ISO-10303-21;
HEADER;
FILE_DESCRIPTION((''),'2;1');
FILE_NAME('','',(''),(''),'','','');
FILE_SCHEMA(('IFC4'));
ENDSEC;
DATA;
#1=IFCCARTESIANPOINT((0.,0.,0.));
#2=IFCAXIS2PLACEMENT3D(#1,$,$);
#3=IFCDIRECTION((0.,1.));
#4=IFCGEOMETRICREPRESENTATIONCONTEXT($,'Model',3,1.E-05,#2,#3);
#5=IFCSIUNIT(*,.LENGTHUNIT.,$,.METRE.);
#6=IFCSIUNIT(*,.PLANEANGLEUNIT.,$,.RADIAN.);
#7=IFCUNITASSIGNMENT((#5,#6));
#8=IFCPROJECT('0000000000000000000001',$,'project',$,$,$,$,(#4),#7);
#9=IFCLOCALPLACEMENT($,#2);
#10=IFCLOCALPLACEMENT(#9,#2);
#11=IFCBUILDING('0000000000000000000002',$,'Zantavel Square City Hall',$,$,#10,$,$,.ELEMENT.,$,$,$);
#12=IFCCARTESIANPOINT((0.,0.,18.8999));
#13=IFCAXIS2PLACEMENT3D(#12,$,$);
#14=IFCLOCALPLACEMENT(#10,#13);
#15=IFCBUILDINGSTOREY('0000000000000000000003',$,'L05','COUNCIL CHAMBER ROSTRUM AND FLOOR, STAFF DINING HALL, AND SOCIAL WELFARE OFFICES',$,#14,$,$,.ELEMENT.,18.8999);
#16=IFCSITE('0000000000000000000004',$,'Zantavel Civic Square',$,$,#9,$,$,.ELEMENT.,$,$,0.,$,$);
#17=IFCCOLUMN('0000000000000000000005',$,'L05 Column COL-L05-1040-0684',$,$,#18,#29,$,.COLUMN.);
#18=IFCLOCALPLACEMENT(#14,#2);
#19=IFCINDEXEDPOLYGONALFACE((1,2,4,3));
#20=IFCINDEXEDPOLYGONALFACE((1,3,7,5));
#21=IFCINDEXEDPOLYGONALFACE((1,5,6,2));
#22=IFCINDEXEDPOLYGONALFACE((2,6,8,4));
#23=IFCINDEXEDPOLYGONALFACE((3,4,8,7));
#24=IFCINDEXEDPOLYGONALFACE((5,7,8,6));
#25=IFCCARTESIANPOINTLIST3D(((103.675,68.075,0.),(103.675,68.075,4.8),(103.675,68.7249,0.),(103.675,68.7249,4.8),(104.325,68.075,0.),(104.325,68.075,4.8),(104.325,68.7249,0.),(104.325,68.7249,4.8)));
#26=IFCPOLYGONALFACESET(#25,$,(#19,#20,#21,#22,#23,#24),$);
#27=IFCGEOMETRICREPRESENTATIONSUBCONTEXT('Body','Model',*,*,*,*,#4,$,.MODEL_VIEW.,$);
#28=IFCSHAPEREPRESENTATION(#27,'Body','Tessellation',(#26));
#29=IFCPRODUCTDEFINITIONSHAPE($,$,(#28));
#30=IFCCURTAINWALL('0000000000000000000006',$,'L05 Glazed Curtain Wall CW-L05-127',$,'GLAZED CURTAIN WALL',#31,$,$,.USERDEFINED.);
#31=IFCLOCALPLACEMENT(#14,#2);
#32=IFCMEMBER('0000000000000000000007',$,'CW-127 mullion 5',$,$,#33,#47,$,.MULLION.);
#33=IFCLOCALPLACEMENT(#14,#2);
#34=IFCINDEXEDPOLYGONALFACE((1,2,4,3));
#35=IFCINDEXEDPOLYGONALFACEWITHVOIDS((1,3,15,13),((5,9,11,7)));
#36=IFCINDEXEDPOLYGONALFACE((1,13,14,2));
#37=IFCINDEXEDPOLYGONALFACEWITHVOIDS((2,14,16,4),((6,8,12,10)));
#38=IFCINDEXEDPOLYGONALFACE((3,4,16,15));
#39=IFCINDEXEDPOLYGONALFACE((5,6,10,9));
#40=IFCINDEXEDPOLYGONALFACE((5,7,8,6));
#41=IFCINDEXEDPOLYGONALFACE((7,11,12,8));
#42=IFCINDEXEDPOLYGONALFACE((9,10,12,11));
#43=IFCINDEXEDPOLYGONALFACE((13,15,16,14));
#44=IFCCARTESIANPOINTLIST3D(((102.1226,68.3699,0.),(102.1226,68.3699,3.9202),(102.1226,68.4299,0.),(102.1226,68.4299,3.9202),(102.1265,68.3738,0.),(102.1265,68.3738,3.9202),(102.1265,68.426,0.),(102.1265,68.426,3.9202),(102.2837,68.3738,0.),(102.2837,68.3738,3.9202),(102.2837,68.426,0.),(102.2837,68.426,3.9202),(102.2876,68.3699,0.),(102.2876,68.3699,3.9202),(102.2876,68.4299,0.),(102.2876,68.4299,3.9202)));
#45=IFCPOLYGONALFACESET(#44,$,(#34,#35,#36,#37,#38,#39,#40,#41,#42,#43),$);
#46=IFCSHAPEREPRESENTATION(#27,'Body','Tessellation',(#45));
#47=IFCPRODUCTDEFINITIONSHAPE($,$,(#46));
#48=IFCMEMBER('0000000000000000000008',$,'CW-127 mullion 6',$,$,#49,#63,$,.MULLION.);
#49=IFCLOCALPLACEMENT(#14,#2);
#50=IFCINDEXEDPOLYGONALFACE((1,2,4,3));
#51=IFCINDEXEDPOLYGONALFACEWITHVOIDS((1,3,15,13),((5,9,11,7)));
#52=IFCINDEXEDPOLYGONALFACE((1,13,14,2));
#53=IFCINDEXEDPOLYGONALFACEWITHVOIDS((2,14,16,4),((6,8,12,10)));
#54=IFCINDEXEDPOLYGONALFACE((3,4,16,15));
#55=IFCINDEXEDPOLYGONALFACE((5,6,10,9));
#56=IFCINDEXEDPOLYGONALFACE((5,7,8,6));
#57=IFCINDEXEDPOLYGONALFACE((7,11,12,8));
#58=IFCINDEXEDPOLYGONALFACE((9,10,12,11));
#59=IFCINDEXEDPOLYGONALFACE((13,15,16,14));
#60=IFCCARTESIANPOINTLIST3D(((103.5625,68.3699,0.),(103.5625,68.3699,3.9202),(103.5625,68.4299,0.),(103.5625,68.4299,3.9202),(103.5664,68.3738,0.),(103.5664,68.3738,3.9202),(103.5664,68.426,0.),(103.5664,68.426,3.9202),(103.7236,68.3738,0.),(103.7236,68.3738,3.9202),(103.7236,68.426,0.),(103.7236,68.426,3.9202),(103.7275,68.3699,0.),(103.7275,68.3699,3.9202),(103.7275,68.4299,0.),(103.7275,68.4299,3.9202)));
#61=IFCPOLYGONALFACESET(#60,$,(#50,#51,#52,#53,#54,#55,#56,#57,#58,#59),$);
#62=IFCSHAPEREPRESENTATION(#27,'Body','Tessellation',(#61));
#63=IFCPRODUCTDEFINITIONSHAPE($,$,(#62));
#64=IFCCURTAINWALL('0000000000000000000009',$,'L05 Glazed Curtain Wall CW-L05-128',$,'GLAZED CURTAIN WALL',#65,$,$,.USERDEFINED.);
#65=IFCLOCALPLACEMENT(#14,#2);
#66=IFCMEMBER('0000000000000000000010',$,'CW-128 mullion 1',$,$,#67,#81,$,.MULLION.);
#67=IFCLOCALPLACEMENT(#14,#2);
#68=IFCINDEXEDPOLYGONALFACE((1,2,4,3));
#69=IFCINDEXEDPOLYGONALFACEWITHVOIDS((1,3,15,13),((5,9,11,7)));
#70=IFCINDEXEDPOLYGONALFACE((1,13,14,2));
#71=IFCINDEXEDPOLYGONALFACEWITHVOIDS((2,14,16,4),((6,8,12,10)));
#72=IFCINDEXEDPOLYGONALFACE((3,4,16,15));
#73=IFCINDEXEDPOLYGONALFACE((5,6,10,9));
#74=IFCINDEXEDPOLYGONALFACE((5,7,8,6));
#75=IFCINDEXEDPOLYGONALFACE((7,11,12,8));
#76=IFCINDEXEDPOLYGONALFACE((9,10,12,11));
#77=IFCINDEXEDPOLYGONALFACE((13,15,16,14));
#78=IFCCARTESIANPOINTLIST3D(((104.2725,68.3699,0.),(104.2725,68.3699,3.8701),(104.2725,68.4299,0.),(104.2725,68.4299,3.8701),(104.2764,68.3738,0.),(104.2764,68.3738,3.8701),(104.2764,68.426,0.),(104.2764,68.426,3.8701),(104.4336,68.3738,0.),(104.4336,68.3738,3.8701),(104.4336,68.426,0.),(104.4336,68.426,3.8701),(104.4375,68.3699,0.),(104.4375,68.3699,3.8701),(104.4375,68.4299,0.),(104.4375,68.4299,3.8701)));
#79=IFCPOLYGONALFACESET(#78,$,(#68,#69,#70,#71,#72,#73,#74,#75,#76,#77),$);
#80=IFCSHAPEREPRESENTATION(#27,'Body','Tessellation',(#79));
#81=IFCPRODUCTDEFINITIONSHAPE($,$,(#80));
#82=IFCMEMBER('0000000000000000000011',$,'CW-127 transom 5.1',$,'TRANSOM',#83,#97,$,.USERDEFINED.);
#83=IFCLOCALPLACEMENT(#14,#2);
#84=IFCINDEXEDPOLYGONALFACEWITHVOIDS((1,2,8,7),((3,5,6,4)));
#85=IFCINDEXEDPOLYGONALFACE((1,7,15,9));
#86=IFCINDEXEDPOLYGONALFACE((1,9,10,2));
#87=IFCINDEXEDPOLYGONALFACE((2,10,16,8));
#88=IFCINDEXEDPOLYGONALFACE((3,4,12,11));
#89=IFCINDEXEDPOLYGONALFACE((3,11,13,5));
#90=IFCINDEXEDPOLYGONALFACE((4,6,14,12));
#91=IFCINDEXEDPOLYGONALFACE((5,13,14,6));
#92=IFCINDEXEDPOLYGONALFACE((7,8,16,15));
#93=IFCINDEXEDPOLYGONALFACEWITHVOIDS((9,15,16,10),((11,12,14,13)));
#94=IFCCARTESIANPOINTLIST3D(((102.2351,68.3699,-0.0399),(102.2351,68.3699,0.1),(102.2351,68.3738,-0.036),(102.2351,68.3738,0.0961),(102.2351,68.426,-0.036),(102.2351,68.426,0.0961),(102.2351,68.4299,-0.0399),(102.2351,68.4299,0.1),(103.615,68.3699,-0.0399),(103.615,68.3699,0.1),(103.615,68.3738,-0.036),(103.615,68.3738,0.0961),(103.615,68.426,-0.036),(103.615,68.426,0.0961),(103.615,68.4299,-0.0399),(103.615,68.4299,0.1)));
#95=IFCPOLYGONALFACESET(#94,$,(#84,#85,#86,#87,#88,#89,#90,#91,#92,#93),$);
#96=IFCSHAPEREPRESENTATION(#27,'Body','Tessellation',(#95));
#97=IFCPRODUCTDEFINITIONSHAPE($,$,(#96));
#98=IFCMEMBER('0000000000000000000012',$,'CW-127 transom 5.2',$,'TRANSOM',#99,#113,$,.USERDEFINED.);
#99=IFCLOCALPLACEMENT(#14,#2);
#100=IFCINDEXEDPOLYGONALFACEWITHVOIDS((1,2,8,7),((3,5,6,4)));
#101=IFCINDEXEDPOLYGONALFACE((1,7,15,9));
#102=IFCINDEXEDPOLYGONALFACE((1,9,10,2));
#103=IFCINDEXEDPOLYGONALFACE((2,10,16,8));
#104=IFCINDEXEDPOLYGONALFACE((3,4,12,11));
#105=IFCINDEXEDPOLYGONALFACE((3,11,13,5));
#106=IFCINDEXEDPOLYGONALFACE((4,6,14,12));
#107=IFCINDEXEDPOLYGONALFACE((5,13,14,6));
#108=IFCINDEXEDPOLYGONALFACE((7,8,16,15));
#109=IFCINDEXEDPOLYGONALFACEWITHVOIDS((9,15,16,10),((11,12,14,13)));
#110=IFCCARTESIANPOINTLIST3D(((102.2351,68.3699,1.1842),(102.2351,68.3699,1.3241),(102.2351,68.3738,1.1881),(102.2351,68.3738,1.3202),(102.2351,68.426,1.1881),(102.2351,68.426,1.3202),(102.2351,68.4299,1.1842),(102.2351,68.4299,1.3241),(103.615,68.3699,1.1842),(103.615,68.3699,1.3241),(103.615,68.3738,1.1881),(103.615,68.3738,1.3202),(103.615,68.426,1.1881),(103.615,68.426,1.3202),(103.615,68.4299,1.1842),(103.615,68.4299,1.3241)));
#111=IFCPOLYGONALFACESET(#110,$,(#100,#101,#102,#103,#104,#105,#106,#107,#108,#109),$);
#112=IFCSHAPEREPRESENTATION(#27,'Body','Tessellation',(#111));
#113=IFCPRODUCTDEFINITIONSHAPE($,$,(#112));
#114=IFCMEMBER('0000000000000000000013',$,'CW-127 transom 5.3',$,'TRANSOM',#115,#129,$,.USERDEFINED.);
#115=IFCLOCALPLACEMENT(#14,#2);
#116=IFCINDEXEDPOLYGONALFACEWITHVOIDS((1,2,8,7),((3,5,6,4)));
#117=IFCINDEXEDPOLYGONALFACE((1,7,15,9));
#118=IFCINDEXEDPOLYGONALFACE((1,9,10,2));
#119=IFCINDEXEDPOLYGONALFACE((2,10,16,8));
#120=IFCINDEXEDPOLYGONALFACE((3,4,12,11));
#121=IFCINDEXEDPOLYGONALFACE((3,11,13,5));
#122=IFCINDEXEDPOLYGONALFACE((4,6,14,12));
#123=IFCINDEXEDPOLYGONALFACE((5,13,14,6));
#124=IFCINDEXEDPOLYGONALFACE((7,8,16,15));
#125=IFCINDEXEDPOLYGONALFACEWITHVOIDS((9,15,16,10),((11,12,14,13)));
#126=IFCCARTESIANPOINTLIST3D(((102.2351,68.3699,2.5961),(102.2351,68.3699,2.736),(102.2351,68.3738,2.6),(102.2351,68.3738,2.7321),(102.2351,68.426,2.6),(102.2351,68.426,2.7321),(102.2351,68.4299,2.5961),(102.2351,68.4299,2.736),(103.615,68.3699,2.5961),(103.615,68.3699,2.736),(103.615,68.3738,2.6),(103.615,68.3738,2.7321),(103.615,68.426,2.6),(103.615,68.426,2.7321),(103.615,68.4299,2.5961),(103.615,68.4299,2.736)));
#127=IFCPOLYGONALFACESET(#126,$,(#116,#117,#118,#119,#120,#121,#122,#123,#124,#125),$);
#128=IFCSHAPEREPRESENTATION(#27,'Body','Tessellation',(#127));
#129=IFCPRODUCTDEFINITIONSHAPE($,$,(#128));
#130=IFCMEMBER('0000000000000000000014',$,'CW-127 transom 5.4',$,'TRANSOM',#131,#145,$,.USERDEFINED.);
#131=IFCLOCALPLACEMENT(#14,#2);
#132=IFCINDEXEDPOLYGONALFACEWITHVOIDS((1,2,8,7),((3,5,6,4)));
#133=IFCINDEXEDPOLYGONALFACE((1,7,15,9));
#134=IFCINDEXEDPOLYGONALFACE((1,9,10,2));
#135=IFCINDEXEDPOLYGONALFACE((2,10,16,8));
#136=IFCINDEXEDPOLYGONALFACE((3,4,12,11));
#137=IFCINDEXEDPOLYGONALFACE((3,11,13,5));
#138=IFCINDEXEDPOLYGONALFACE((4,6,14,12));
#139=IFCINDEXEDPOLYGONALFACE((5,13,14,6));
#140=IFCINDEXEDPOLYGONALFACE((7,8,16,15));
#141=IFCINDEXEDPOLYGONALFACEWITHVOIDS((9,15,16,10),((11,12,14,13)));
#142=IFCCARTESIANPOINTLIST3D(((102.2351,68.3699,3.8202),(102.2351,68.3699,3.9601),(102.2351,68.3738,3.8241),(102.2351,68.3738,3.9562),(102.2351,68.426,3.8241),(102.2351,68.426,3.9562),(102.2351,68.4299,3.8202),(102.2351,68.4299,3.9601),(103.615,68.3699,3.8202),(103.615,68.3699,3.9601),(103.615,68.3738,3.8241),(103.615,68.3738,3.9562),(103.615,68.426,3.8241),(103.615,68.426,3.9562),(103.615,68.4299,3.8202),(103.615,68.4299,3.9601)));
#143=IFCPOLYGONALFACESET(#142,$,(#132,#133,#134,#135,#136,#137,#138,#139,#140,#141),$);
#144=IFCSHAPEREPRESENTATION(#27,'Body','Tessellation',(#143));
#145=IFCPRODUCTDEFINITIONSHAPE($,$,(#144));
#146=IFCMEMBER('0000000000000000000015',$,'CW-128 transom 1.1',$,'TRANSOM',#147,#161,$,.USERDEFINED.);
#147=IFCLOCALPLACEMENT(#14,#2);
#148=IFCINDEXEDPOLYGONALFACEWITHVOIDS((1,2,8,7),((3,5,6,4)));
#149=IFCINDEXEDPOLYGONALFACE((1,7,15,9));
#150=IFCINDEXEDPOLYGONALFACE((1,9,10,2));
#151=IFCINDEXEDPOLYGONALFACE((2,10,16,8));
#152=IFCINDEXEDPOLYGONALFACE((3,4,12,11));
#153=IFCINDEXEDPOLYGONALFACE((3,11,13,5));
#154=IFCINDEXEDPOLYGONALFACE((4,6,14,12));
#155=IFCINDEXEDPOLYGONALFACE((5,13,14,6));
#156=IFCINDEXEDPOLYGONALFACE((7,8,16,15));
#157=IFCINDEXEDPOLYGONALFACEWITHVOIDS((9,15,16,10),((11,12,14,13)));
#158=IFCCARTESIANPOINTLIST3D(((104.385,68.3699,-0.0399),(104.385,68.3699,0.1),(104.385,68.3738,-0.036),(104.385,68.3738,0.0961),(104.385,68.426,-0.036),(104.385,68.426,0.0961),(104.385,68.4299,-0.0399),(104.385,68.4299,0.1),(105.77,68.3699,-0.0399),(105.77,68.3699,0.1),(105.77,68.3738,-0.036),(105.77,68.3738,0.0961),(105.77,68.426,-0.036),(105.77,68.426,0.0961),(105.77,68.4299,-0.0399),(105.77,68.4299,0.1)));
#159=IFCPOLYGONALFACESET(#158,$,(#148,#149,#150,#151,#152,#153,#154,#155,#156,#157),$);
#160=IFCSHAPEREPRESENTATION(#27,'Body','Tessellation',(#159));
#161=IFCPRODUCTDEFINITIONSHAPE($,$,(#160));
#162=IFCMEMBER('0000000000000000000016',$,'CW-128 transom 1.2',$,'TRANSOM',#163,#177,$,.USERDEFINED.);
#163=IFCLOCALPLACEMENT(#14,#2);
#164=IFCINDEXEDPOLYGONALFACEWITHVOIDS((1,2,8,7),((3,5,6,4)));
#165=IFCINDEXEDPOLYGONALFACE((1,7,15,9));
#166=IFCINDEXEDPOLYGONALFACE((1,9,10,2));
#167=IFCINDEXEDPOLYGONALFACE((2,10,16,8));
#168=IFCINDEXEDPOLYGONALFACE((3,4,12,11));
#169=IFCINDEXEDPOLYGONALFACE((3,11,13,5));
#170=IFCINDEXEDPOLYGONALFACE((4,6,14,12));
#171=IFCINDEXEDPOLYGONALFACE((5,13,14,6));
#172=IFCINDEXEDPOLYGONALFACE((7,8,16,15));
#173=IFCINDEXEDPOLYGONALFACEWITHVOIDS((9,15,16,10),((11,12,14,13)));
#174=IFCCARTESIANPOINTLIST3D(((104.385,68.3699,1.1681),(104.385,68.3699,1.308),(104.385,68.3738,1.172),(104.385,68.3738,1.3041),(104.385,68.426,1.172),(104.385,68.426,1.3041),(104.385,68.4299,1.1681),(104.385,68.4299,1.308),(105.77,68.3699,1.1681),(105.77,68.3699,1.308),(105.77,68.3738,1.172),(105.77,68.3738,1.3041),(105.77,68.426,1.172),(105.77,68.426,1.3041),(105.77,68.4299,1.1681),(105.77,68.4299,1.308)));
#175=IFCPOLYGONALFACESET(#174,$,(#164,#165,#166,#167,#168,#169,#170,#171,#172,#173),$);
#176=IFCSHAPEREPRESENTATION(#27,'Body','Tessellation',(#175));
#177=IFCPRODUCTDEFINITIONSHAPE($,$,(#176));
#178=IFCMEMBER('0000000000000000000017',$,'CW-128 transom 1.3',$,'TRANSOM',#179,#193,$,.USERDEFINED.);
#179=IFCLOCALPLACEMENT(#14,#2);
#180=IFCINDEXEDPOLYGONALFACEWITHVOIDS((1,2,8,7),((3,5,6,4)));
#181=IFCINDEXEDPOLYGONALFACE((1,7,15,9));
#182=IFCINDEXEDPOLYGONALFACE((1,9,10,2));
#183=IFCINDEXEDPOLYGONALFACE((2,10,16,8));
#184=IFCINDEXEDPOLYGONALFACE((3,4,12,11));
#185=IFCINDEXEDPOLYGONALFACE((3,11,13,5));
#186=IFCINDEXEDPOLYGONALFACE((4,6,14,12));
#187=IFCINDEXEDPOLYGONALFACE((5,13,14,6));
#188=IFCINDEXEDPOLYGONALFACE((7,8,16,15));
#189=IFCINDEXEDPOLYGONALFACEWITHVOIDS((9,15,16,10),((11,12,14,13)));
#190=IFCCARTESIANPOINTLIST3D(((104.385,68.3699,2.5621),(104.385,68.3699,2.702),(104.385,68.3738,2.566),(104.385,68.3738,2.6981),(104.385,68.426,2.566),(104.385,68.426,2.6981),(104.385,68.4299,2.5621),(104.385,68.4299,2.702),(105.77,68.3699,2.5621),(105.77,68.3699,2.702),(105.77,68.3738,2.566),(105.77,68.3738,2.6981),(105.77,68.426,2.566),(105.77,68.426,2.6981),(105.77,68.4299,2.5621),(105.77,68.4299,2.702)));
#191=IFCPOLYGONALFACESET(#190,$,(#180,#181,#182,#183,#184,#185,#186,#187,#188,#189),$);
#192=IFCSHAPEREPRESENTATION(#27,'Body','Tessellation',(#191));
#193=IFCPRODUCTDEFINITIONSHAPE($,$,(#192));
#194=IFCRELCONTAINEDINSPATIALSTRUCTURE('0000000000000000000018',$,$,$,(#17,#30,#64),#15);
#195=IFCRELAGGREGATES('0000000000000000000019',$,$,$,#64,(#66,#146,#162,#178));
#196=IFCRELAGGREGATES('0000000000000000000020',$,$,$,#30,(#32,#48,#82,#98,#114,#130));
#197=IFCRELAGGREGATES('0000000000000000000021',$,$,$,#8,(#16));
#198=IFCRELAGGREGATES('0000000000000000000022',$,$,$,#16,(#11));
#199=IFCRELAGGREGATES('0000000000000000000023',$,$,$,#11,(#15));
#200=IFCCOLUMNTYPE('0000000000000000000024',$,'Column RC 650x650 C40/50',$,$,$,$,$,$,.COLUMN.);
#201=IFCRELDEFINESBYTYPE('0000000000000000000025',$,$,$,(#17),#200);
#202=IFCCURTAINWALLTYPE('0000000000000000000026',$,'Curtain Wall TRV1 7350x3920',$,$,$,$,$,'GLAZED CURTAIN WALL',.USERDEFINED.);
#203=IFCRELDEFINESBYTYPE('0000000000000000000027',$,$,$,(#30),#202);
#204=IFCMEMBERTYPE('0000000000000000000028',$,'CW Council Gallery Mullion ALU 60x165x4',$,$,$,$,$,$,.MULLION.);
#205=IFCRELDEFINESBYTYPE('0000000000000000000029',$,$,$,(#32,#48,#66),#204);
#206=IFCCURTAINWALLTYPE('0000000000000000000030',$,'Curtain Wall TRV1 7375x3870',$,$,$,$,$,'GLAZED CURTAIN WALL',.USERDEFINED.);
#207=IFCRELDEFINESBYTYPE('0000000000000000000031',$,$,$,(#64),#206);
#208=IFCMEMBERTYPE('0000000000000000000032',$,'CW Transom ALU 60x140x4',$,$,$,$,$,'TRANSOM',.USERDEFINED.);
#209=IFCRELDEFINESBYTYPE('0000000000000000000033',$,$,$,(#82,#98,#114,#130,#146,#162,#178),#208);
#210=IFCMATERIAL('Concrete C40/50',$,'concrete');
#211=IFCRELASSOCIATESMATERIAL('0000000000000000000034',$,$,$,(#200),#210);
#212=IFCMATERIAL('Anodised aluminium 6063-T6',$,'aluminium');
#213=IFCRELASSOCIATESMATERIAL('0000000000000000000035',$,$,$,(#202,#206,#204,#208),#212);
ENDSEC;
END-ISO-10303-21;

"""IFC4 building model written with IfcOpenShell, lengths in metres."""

from ifc_helpers import new_model, si_unit, direction, frame, origin, origin_2d, place, context, subcontext, project, spatial, rectangle, hollow_rectangle, extrude, material, material_profile, profile_set, type_object, element, aggregate, save


model = new_model("IFC4")

# Units and contexts
model_context = context("Model", 3, precision=1e-05, world=origin(), true_north=direction((0.0, 1.0)))
body_context = subcontext(model_context, "Body", "Model", "MODEL_VIEW")
ifc_project = project(units=[si_unit("LENGTHUNIT", "METRE"), si_unit("PLANEANGLEUNIT", "RADIAN")], contexts=[model_context])

# Site, building, storey
site_placement = place(None, origin())
site = spatial("IfcSite", under=ifc_project, at=site_placement, Name="Zantavel Civic Square", CompositionType="ELEMENT", RefElevation=0.0)
building_placement = place(site_placement, origin())
building = spatial("IfcBuilding", under=site, at=building_placement, Name="Zantavel Square City Hall", CompositionType="ELEMENT")
storey_placement = place(building_placement, frame((0.0, 0.0, 18.8999)))
storey = spatial("IfcBuildingStorey", under=building, at=storey_placement, Name="L05", Description="COUNCIL CHAMBER ROSTRUM AND FLOOR, STAFF DINING HALL, AND SOCIAL WELFARE OFFICES", CompositionType="ELEMENT", Elevation=18.8999)

# Column
ifc_material_1 = material(Name="Concrete C40/50", Category="concrete")
ifc_material_profile_1 = material_profile(ifc_material_1, rectangle(XDim=0.6499, YDim=0.6499, at=origin_2d()), Name="RC 650x650")
ifc_profile_set_1 = profile_set([ifc_material_profile_1], Name="Concrete C40/50")
column_type = type_object("IfcColumnType", Name="Column RC 650x650 C40/50", PredefinedType="COLUMN", material=ifc_profile_set_1)
column_placement = place(storey_placement, frame((104.0, 68.3999, 0.0), z_axis=(0.0, 0.0, 1.0), x_axis=(1.0, 0.0, 0.0)))
element("IfcColumn", 1, at=column_placement, inside=storey, type_object=column_type, Name="L05 Column COL-L05-1040-0684", PredefinedType="COLUMN", context=body_context, shape_type="SweptSolid", body=[
    extrude(rectangle(XDim=0.6499, YDim=0.6499, at=origin_2d()), origin(), (0.0, 0.0, 1.0), 4.8),
])

# Curtain wall, members
ifc_material_2 = material(Name="Anodised aluminium 6063-T6", Category="aluminium")
curtain_wall_type_1 = type_object("IfcCurtainWallType", Name="Curtain Wall TRV1 7350x3920", ElementType="GLAZED CURTAIN WALL", PredefinedType="USERDEFINED", material=ifc_material_2)
curtain_wall_1_placement = place(storey_placement, origin())
curtain_wall_1 = element("IfcCurtainWall", 2, at=curtain_wall_1_placement, inside=storey, type_object=curtain_wall_type_1, Name="L05 Glazed Curtain Wall CW-L05-127", ObjectType="GLAZED CURTAIN WALL", PredefinedType="USERDEFINED")
ifc_material_profile_2 = material_profile(ifc_material_2, hollow_rectangle(XDim=0.0601, YDim=0.165, WallThickness=0.0039, at=origin_2d()), Name="ALU 60x165x4")
ifc_profile_set_2 = profile_set([ifc_material_profile_2], Name="Anodised aluminium 6063-T6")
member_type_1 = type_object("IfcMemberType", Name="CW Council Gallery Mullion ALU 60x165x4", PredefinedType="MULLION", material=ifc_profile_set_2)
member_1_placement = place(storey_placement, frame((102.2051, 68.3999, 0.0), z_axis=(0.0, 0.0, 1.0), x_axis=(0.0, 1.0, 0.0)))
member_1 = element("IfcMember", 3, at=member_1_placement, type_object=member_type_1, Name="CW-127 mullion 5", PredefinedType="MULLION", context=body_context, shape_type="SweptSolid", body=[
    extrude(hollow_rectangle(XDim=0.0601, YDim=0.165, WallThickness=0.0039, at=origin_2d()), origin(), (0.0, 0.0, 1.0), 3.9202),
])
member_2_placement = place(storey_placement, frame((103.645, 68.3999, 0.0), z_axis=(0.0, 0.0, 1.0), x_axis=(0.0, 1.0, 0.0)))
member_2 = element("IfcMember", 4, at=member_2_placement, type_object=member_type_1, Name="CW-127 mullion 6", PredefinedType="MULLION", context=body_context, shape_type="SweptSolid", body=[
    extrude(hollow_rectangle(XDim=0.0601, YDim=0.165, WallThickness=0.0039, at=origin_2d()), origin(), (0.0, 0.0, 1.0), 3.9202),
])

# Curtain wall, member
curtain_wall_type_2 = type_object("IfcCurtainWallType", Name="Curtain Wall TRV1 7375x3870", ElementType="GLAZED CURTAIN WALL", PredefinedType="USERDEFINED", material=ifc_material_2)
curtain_wall_2_placement = place(storey_placement, origin())
curtain_wall_2 = element("IfcCurtainWall", 5, at=curtain_wall_2_placement, inside=storey, type_object=curtain_wall_type_2, Name="L05 Glazed Curtain Wall CW-L05-128", ObjectType="GLAZED CURTAIN WALL", PredefinedType="USERDEFINED")
member_3_placement = place(storey_placement, frame((104.355, 68.3999, 0.0), z_axis=(0.0, 0.0, 1.0), x_axis=(0.0, 1.0, 0.0)))
member_3 = element("IfcMember", 6, at=member_3_placement, type_object=member_type_1, Name="CW-128 mullion 1", PredefinedType="MULLION", context=body_context, shape_type="SweptSolid", body=[
    extrude(hollow_rectangle(XDim=0.0601, YDim=0.165, WallThickness=0.0039, at=origin_2d()), origin(), (0.0, 0.0, 1.0), 3.8701),
])

# Members
ifc_material_profile_3 = material_profile(ifc_material_2, hollow_rectangle(XDim=0.0601, YDim=0.1399, WallThickness=0.0039, at=origin_2d()), Name="ALU 60x140x4")
ifc_profile_set_3 = profile_set([ifc_material_profile_3], Name="Anodised aluminium 6063-T6")
member_type_2 = type_object("IfcMemberType", Name="CW Transom ALU 60x140x4", ElementType="TRANSOM", PredefinedType="USERDEFINED", material=ifc_profile_set_3)
member_4_placement = place(storey_placement, frame((102.2351, 68.3999, 0.03), z_axis=(1.0, 0.0, 0.0), x_axis=(0.0, 1.0, 0.0)))
member_4 = element("IfcMember", 7, at=member_4_placement, type_object=member_type_2, Name="CW-127 transom 5.1", ObjectType="TRANSOM", PredefinedType="USERDEFINED", context=body_context, shape_type="SweptSolid", body=[
    extrude(hollow_rectangle(XDim=0.0601, YDim=0.1399, WallThickness=0.0039, at=origin_2d()), origin(), (0.0, 0.0, 1.0), 1.3799),
])
member_5_placement = place(storey_placement, frame((102.2351, 68.3999, 1.2542), z_axis=(1.0, 0.0, 0.0), x_axis=(0.0, 1.0, 0.0)))
member_5 = element("IfcMember", 8, at=member_5_placement, type_object=member_type_2, Name="CW-127 transom 5.2", ObjectType="TRANSOM", PredefinedType="USERDEFINED", context=body_context, shape_type="SweptSolid", body=[
    extrude(hollow_rectangle(XDim=0.0601, YDim=0.1399, WallThickness=0.0039, at=origin_2d()), origin(), (0.0, 0.0, 1.0), 1.3799),
])
member_6_placement = place(storey_placement, frame((102.2351, 68.3999, 2.666), z_axis=(1.0, 0.0, 0.0), x_axis=(0.0, 1.0, 0.0)))
member_6 = element("IfcMember", 9, at=member_6_placement, type_object=member_type_2, Name="CW-127 transom 5.3", ObjectType="TRANSOM", PredefinedType="USERDEFINED", context=body_context, shape_type="SweptSolid", body=[
    extrude(hollow_rectangle(XDim=0.0601, YDim=0.1399, WallThickness=0.0039, at=origin_2d()), origin(), (0.0, 0.0, 1.0), 1.3799),
])
member_7_placement = place(storey_placement, frame((102.2351, 68.3999, 3.8901), z_axis=(1.0, 0.0, 0.0), x_axis=(0.0, 1.0, 0.0)))
member_7 = element("IfcMember", 10, at=member_7_placement, type_object=member_type_2, Name="CW-127 transom 5.4", ObjectType="TRANSOM", PredefinedType="USERDEFINED", context=body_context, shape_type="SweptSolid", body=[
    extrude(hollow_rectangle(XDim=0.0601, YDim=0.1399, WallThickness=0.0039, at=origin_2d()), origin(), (0.0, 0.0, 1.0), 1.3799),
])
member_8_placement = place(storey_placement, frame((104.385, 68.3999, 0.03), z_axis=(1.0, 0.0, 0.0), x_axis=(0.0, 1.0, 0.0)))
member_8 = element("IfcMember", 11, at=member_8_placement, type_object=member_type_2, Name="CW-128 transom 1.1", ObjectType="TRANSOM", PredefinedType="USERDEFINED", context=body_context, shape_type="SweptSolid", body=[
    extrude(hollow_rectangle(XDim=0.0601, YDim=0.1399, WallThickness=0.0039, at=origin_2d()), origin(), (0.0, 0.0, 1.0), 1.385),
])
member_9_placement = place(storey_placement, frame((104.385, 68.3999, 1.238), z_axis=(1.0, 0.0, 0.0), x_axis=(0.0, 1.0, 0.0)))
member_9 = element("IfcMember", 12, at=member_9_placement, type_object=member_type_2, Name="CW-128 transom 1.2", ObjectType="TRANSOM", PredefinedType="USERDEFINED", context=body_context, shape_type="SweptSolid", body=[
    extrude(hollow_rectangle(XDim=0.0601, YDim=0.1399, WallThickness=0.0039, at=origin_2d()), origin(), (0.0, 0.0, 1.0), 1.385),
])
member_10_placement = place(storey_placement, frame((104.385, 68.3999, 2.6321), z_axis=(1.0, 0.0, 0.0), x_axis=(0.0, 1.0, 0.0)))
member_10 = element("IfcMember", 13, at=member_10_placement, type_object=member_type_2, Name="CW-128 transom 1.3", ObjectType="TRANSOM", PredefinedType="USERDEFINED", context=body_context, shape_type="SweptSolid", body=[
    extrude(hollow_rectangle(XDim=0.0601, YDim=0.1399, WallThickness=0.0039, at=origin_2d()), origin(), (0.0, 0.0, 1.0), 1.385),
])
aggregate(curtain_wall_2, [member_3, member_8, member_9, member_10])

aggregate(curtain_wall_1, [member_1, member_2, member_4, member_5, member_6, member_7])

save(model, "model.ifc")
